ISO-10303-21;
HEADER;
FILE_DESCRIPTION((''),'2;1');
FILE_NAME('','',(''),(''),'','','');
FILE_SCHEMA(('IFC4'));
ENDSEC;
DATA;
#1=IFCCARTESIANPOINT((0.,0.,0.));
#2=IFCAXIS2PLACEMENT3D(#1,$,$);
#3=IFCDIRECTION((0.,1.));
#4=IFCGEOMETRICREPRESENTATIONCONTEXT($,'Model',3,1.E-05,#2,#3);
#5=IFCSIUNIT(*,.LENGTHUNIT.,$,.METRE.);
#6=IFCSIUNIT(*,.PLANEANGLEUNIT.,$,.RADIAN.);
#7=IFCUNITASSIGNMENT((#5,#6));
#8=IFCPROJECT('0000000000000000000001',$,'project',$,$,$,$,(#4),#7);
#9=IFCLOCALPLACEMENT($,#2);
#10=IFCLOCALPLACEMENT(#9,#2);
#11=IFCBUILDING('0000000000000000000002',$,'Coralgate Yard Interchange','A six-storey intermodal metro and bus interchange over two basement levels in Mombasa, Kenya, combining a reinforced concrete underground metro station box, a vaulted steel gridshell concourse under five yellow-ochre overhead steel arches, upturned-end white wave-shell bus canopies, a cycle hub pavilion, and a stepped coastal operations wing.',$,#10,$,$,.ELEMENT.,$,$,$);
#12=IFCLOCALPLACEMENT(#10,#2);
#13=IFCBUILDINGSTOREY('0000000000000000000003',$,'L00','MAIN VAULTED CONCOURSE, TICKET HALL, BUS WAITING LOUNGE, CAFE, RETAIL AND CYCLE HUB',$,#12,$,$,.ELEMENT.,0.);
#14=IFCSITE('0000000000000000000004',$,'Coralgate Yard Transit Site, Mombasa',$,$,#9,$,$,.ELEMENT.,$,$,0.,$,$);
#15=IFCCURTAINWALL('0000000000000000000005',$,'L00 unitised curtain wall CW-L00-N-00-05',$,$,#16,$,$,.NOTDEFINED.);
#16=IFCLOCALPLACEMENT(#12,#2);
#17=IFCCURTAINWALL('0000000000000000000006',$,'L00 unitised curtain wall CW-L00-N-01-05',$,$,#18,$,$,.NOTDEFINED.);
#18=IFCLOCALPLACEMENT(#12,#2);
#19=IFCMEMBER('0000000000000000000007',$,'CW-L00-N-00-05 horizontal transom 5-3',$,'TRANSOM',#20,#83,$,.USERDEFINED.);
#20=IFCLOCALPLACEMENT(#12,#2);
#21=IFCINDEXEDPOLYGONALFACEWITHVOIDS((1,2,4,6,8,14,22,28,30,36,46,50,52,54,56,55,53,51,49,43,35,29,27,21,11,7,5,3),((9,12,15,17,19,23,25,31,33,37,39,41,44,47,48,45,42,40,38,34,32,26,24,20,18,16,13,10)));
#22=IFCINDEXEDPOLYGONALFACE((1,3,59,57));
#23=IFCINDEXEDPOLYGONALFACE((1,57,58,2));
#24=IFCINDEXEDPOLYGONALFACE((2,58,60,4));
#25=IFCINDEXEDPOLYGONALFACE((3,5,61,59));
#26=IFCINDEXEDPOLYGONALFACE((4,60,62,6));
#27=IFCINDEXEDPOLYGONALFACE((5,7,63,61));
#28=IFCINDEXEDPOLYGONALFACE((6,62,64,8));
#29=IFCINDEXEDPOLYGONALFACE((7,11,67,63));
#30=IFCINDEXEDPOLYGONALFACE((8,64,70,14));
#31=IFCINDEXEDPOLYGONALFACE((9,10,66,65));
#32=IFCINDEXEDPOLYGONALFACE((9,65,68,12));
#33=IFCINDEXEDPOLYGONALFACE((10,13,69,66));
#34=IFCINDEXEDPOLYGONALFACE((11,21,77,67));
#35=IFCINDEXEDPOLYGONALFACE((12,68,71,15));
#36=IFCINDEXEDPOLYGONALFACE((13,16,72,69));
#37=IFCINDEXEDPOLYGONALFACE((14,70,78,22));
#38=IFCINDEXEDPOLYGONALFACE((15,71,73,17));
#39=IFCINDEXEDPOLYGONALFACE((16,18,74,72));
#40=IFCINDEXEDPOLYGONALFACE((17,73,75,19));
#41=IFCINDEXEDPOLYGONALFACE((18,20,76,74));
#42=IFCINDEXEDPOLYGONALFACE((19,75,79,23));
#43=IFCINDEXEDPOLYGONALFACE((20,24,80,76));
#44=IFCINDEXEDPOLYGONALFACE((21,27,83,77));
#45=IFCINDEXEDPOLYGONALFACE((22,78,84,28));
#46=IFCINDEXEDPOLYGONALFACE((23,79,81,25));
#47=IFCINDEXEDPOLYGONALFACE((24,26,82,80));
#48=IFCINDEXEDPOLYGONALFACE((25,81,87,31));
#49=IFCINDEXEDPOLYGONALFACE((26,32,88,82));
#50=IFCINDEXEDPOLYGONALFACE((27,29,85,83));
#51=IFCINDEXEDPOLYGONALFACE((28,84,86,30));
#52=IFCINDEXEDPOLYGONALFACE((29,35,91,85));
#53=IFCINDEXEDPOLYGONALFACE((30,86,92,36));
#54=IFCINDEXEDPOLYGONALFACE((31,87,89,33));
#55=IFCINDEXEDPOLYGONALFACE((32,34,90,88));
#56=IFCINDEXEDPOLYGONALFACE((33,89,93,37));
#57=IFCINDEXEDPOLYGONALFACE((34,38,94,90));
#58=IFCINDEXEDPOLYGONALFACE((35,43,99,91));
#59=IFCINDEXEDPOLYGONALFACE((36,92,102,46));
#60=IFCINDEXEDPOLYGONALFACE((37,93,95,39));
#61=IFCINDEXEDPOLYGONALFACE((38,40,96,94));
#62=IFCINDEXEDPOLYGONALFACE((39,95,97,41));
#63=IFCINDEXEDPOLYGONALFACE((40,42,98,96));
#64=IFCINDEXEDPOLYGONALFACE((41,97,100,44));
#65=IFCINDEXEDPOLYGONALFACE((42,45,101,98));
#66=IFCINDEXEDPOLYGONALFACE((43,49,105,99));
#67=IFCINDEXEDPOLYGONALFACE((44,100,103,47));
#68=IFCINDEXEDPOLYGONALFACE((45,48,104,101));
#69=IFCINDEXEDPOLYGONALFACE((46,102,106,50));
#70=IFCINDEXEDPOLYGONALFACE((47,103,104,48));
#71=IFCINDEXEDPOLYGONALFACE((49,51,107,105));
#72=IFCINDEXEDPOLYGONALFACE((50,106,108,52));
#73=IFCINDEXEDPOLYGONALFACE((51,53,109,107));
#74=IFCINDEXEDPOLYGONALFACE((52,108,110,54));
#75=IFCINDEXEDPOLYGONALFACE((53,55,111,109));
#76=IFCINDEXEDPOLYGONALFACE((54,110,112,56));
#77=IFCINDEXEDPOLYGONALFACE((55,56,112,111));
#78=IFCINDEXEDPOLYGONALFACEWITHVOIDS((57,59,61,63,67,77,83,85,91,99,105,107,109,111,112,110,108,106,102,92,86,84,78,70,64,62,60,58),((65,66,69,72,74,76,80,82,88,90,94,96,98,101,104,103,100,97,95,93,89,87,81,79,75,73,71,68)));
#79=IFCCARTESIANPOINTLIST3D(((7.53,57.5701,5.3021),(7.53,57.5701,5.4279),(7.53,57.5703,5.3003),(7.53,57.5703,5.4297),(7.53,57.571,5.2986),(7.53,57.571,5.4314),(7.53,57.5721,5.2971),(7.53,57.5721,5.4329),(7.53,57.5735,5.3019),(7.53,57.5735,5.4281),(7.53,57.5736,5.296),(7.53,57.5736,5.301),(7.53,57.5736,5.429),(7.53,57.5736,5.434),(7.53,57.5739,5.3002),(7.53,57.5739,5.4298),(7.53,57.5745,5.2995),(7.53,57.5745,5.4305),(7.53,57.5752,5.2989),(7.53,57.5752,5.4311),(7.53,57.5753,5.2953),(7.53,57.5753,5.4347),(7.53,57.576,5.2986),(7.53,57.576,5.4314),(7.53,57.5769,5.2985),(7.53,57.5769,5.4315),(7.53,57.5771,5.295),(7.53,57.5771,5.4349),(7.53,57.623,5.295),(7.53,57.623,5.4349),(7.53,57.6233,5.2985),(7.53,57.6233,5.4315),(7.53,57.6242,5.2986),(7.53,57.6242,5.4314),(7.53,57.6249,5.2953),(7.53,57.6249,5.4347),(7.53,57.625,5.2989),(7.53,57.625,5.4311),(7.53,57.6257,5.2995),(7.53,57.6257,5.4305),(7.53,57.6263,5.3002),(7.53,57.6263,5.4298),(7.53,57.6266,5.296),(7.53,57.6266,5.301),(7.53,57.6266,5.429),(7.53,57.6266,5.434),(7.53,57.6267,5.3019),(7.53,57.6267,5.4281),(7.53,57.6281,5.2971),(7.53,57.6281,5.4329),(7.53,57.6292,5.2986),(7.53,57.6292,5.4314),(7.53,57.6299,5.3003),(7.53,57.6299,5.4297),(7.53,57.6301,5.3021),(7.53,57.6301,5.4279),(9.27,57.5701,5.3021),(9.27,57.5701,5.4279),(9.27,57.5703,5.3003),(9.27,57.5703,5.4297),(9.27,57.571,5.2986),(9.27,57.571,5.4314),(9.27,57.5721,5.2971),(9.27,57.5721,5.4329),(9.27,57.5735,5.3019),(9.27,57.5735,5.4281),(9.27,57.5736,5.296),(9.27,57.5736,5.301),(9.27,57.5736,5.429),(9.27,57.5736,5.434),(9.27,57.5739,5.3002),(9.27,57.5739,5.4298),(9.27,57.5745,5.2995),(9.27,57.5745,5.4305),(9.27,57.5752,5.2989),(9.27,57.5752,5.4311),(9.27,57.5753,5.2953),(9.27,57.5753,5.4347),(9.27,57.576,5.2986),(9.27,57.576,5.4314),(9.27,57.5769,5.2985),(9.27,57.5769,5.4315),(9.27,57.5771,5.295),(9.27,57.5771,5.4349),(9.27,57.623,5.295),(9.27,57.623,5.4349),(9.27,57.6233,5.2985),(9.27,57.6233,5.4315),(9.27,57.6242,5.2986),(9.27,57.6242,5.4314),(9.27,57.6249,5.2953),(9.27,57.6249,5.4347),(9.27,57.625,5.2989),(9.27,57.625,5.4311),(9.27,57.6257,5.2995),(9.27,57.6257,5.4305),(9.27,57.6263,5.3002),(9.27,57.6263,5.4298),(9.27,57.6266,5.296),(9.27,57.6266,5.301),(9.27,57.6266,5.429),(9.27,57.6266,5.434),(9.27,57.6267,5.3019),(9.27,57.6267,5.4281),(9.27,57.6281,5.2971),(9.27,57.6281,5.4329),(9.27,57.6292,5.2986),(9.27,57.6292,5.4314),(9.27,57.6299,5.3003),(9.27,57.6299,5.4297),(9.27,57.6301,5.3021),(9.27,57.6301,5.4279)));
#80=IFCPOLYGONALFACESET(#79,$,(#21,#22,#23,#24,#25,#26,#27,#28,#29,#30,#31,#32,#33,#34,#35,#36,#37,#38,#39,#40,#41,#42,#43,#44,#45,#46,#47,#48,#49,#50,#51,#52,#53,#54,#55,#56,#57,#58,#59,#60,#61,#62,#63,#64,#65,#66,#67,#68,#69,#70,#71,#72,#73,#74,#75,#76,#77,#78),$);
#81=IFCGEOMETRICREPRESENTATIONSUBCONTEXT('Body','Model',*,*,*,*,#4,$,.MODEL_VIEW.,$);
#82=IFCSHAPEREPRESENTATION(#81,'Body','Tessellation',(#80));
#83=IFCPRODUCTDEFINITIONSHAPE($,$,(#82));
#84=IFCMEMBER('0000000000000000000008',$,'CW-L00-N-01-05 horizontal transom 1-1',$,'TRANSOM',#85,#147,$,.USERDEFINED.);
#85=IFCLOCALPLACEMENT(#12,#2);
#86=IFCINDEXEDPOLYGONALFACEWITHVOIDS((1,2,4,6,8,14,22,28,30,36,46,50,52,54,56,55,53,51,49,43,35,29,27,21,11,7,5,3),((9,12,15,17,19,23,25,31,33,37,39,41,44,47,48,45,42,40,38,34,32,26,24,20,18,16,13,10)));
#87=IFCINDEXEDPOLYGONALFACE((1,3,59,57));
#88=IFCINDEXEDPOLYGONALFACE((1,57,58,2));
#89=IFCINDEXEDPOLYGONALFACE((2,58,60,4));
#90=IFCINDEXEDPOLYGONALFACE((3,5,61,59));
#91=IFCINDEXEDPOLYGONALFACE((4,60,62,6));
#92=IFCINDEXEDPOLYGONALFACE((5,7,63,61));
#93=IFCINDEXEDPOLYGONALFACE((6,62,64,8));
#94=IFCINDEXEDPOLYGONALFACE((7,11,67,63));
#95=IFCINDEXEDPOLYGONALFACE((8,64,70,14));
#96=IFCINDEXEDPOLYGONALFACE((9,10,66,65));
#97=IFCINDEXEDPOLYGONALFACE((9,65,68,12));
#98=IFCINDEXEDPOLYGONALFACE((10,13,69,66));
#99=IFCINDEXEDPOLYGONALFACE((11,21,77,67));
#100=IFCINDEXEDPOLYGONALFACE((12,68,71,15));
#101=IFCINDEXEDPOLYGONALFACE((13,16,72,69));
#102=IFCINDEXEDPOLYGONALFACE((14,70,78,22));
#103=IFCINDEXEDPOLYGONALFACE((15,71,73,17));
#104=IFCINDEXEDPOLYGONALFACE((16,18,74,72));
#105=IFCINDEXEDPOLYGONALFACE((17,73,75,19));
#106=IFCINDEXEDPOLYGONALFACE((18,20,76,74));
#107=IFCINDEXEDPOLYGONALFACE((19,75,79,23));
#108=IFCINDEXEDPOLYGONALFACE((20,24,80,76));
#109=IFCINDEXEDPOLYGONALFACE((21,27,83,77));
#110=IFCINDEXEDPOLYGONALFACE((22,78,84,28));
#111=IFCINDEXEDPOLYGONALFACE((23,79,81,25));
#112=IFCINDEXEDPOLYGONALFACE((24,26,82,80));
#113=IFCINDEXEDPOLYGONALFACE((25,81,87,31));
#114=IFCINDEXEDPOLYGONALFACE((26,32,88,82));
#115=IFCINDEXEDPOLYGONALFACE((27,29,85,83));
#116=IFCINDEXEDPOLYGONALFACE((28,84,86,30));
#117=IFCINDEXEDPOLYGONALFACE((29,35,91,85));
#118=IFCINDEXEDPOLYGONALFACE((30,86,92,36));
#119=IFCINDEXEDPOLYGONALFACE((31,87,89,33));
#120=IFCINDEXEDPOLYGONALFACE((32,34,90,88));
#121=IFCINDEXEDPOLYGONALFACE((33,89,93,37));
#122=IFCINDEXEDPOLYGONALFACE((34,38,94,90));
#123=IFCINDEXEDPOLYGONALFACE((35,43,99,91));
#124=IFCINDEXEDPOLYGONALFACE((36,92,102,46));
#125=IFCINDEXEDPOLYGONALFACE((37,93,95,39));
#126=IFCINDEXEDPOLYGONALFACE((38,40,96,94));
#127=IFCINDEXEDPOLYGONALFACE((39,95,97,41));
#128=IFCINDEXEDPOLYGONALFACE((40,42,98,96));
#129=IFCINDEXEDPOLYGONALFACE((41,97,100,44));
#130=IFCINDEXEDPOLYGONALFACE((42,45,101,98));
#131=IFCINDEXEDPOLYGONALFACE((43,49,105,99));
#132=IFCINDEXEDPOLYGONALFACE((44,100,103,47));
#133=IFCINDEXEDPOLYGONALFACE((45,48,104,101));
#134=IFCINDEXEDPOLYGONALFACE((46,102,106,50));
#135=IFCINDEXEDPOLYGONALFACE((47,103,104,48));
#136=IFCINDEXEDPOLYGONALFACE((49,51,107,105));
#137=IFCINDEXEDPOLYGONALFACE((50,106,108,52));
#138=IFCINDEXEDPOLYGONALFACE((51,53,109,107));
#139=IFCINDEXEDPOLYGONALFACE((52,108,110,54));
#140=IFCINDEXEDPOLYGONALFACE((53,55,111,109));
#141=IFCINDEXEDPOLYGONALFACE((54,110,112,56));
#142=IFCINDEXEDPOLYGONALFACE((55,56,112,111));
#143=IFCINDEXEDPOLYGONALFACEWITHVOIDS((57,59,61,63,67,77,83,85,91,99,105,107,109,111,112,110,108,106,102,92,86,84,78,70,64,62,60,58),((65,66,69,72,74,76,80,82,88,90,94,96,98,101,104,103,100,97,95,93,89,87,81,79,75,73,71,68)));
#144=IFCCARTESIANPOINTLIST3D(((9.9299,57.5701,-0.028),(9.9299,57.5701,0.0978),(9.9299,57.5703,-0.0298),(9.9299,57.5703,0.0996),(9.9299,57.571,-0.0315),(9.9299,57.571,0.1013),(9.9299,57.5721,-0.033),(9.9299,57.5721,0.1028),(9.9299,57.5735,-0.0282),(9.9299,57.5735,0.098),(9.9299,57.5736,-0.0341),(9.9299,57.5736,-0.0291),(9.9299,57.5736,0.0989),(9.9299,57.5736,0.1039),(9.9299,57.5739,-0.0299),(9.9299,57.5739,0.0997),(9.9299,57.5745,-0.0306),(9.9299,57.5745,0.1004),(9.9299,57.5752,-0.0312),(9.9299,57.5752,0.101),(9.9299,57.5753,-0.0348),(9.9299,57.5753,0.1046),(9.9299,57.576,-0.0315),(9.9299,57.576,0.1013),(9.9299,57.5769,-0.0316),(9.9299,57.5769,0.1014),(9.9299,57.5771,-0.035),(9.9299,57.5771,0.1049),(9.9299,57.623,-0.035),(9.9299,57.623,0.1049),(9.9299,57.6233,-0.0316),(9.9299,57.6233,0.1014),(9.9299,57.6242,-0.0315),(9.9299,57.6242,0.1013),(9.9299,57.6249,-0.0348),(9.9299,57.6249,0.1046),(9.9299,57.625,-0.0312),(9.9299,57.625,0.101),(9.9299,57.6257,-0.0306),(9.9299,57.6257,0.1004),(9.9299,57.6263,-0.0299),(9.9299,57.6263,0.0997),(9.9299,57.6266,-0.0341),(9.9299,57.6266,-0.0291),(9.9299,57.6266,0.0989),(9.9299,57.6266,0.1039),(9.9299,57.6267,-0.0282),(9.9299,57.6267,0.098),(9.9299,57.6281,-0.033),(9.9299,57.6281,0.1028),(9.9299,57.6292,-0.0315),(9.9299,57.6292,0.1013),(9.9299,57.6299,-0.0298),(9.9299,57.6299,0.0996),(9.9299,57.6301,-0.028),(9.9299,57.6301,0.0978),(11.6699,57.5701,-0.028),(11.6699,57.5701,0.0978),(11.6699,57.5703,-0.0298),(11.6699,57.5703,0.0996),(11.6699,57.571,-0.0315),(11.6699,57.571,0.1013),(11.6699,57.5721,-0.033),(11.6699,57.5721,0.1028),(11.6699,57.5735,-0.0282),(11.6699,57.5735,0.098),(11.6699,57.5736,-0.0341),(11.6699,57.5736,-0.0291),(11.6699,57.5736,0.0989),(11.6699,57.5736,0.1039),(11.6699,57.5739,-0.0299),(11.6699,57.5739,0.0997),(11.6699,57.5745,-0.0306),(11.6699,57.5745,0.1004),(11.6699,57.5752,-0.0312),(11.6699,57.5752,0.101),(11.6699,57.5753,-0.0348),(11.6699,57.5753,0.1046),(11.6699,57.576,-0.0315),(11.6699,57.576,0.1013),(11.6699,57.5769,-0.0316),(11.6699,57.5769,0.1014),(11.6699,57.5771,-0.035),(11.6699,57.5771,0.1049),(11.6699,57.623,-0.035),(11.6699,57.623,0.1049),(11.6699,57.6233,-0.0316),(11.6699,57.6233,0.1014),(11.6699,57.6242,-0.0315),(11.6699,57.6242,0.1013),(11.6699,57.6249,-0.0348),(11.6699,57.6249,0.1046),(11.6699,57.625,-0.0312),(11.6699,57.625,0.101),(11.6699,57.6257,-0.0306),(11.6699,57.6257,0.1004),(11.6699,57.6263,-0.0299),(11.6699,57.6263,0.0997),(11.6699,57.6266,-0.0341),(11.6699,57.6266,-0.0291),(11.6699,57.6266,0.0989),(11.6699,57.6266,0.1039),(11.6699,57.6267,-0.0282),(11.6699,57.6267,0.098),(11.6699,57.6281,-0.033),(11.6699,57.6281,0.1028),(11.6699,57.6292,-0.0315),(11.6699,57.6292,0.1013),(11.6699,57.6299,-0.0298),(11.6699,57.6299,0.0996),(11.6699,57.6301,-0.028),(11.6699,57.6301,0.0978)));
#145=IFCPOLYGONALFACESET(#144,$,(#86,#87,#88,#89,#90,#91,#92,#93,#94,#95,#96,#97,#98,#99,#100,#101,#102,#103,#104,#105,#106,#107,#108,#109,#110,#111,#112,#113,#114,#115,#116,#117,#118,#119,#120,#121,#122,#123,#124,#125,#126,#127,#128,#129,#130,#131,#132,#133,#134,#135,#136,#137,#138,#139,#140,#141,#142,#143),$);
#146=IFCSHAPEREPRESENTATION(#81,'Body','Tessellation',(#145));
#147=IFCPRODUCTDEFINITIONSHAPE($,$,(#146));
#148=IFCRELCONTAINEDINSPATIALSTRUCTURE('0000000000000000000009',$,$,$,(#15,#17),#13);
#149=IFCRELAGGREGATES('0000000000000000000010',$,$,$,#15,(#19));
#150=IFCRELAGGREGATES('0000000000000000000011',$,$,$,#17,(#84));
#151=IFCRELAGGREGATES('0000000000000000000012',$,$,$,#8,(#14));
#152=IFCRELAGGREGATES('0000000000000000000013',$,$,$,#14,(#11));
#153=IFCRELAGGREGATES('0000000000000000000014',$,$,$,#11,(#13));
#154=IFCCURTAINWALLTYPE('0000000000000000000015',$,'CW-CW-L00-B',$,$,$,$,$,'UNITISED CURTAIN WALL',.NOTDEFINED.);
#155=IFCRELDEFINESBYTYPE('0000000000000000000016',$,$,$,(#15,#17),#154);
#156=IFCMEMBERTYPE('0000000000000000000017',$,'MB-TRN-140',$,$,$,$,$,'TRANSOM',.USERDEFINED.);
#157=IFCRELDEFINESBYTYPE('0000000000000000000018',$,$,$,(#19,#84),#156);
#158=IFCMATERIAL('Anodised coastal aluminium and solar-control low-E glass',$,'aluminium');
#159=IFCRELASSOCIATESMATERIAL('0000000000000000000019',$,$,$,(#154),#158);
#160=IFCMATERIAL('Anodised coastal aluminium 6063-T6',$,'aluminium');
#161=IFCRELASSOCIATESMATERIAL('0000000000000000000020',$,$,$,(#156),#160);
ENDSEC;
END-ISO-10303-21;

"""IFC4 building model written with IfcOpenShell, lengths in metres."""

from ifc_helpers import new_model, si_unit, direction, frame, origin, origin_2d, place, context, subcontext, project, spatial, hollow_rectangle, extrude, material, material_profile, profile_set, type_object, element, aggregate, save


model = new_model("IFC4")

# Units and contexts
model_context = context("Model", 3, precision=1e-05, world=origin(), true_north=direction((0.0, 1.0)))
body_context = subcontext(model_context, "Body", "Model", "MODEL_VIEW")
ifc_project = project(units=[si_unit("LENGTHUNIT", "METRE"), si_unit("PLANEANGLEUNIT", "RADIAN")], contexts=[model_context])

# Site, building, storey
site_placement = place(None, origin())
site = spatial("IfcSite", under=ifc_project, at=site_placement, Name="Coralgate Yard Transit Site, Mombasa", CompositionType="ELEMENT", RefElevation=0.0)
building_placement = place(site_placement, origin())
building = spatial("IfcBuilding", under=site, at=building_placement, Name="Coralgate Yard Interchange", Description="A six-storey intermodal metro and bus interchange over two basement levels in Mombasa, Kenya, combining a reinforced concrete underground metro station box, a vaulted steel gridshell concourse under five yellow-ochre overhead steel arches, upturned-end white wave-shell bus canopies, a cycle hub pavilion, and a stepped coastal operations wing.", CompositionType="ELEMENT")
storey_placement = place(building_placement, origin())
storey = spatial("IfcBuildingStorey", under=building, at=storey_placement, Name="L00", Description="MAIN VAULTED CONCOURSE, TICKET HALL, BUS WAITING LOUNGE, CAFE, RETAIL AND CYCLE HUB", CompositionType="ELEMENT", Elevation=0.0)

# Curtain wall
ifc_material_1 = material(Name="Anodised coastal aluminium and solar-control low-E glass", Category="aluminium")
curtain_wall_type = type_object("IfcCurtainWallType", Name="CW-CW-L00-B", ElementType="UNITISED CURTAIN WALL", PredefinedType="NOTDEFINED", material=ifc_material_1)
curtain_wall_1_placement = place(storey_placement, origin())
curtain_wall_1 = element("IfcCurtainWall", 1, at=curtain_wall_1_placement, inside=storey, type_object=curtain_wall_type, Name="L00 unitised curtain wall CW-L00-N-00-05", PredefinedType="NOTDEFINED")
ifc_material_2 = material(Name="Anodised coastal aluminium 6063-T6", Category="aluminium")

# Curtain wall
curtain_wall_2_placement = place(storey_placement, origin())
curtain_wall_2 = element("IfcCurtainWall", 2, at=curtain_wall_2_placement, inside=storey, type_object=curtain_wall_type, Name="L00 unitised curtain wall CW-L00-N-01-05", PredefinedType="NOTDEFINED")

# Members
ifc_material_profile_1 = material_profile(ifc_material_2, hollow_rectangle(XDim=0.0601, YDim=0.1399, WallThickness=0.0034, InnerFilletRadius=0.0034, OuterFilletRadius=0.0071, at=origin_2d()), Name="ALU 60x140x3.5")
ifc_profile_set_1 = profile_set([ifc_material_profile_1], Name="Anodised coastal aluminium 6063-T6")
member_type_1 = type_object("IfcMemberType", Name="MB-TRN-140", ElementType="TRANSOM", PredefinedType="USERDEFINED", material=ifc_profile_set_1)
member_1_placement = place(storey_placement, frame((7.53, 57.6001, 5.365), z_axis=(1.0, 0.0, 0.0), x_axis=(0.0, 1.0, 0.0)))
member_1 = element("IfcMember", 3, at=member_1_placement, type_object=member_type_1, Name="CW-L00-N-00-05 horizontal transom 5-3", ObjectType="TRANSOM", PredefinedType="USERDEFINED", context=body_context, shape_type="SweptSolid", body=[
    extrude(hollow_rectangle(XDim=0.0601, YDim=0.1399, WallThickness=0.0034, InnerFilletRadius=0.0034, OuterFilletRadius=0.0071, at=origin_2d()), origin(), (0.0, 0.0, 1.0), 1.74),
])
member_2_placement = place(storey_placement, frame((9.9299, 57.6001, 0.0349), z_axis=(1.0, 0.0, 0.0), x_axis=(0.0, 1.0, 0.0)))
member_2 = element("IfcMember", 4, at=member_2_placement, type_object=member_type_1, Name="CW-L00-N-01-05 horizontal transom 1-1", ObjectType="TRANSOM", PredefinedType="USERDEFINED", context=body_context, shape_type="SweptSolid", body=[
    extrude(hollow_rectangle(XDim=0.0601, YDim=0.1399, WallThickness=0.0034, InnerFilletRadius=0.0034, OuterFilletRadius=0.0071, at=origin_2d()), origin(), (0.0, 0.0, 1.0), 1.74),
])

aggregate(curtain_wall_1, [member_1])
aggregate(curtain_wall_2, [member_2])

save(model, "model.ifc")
